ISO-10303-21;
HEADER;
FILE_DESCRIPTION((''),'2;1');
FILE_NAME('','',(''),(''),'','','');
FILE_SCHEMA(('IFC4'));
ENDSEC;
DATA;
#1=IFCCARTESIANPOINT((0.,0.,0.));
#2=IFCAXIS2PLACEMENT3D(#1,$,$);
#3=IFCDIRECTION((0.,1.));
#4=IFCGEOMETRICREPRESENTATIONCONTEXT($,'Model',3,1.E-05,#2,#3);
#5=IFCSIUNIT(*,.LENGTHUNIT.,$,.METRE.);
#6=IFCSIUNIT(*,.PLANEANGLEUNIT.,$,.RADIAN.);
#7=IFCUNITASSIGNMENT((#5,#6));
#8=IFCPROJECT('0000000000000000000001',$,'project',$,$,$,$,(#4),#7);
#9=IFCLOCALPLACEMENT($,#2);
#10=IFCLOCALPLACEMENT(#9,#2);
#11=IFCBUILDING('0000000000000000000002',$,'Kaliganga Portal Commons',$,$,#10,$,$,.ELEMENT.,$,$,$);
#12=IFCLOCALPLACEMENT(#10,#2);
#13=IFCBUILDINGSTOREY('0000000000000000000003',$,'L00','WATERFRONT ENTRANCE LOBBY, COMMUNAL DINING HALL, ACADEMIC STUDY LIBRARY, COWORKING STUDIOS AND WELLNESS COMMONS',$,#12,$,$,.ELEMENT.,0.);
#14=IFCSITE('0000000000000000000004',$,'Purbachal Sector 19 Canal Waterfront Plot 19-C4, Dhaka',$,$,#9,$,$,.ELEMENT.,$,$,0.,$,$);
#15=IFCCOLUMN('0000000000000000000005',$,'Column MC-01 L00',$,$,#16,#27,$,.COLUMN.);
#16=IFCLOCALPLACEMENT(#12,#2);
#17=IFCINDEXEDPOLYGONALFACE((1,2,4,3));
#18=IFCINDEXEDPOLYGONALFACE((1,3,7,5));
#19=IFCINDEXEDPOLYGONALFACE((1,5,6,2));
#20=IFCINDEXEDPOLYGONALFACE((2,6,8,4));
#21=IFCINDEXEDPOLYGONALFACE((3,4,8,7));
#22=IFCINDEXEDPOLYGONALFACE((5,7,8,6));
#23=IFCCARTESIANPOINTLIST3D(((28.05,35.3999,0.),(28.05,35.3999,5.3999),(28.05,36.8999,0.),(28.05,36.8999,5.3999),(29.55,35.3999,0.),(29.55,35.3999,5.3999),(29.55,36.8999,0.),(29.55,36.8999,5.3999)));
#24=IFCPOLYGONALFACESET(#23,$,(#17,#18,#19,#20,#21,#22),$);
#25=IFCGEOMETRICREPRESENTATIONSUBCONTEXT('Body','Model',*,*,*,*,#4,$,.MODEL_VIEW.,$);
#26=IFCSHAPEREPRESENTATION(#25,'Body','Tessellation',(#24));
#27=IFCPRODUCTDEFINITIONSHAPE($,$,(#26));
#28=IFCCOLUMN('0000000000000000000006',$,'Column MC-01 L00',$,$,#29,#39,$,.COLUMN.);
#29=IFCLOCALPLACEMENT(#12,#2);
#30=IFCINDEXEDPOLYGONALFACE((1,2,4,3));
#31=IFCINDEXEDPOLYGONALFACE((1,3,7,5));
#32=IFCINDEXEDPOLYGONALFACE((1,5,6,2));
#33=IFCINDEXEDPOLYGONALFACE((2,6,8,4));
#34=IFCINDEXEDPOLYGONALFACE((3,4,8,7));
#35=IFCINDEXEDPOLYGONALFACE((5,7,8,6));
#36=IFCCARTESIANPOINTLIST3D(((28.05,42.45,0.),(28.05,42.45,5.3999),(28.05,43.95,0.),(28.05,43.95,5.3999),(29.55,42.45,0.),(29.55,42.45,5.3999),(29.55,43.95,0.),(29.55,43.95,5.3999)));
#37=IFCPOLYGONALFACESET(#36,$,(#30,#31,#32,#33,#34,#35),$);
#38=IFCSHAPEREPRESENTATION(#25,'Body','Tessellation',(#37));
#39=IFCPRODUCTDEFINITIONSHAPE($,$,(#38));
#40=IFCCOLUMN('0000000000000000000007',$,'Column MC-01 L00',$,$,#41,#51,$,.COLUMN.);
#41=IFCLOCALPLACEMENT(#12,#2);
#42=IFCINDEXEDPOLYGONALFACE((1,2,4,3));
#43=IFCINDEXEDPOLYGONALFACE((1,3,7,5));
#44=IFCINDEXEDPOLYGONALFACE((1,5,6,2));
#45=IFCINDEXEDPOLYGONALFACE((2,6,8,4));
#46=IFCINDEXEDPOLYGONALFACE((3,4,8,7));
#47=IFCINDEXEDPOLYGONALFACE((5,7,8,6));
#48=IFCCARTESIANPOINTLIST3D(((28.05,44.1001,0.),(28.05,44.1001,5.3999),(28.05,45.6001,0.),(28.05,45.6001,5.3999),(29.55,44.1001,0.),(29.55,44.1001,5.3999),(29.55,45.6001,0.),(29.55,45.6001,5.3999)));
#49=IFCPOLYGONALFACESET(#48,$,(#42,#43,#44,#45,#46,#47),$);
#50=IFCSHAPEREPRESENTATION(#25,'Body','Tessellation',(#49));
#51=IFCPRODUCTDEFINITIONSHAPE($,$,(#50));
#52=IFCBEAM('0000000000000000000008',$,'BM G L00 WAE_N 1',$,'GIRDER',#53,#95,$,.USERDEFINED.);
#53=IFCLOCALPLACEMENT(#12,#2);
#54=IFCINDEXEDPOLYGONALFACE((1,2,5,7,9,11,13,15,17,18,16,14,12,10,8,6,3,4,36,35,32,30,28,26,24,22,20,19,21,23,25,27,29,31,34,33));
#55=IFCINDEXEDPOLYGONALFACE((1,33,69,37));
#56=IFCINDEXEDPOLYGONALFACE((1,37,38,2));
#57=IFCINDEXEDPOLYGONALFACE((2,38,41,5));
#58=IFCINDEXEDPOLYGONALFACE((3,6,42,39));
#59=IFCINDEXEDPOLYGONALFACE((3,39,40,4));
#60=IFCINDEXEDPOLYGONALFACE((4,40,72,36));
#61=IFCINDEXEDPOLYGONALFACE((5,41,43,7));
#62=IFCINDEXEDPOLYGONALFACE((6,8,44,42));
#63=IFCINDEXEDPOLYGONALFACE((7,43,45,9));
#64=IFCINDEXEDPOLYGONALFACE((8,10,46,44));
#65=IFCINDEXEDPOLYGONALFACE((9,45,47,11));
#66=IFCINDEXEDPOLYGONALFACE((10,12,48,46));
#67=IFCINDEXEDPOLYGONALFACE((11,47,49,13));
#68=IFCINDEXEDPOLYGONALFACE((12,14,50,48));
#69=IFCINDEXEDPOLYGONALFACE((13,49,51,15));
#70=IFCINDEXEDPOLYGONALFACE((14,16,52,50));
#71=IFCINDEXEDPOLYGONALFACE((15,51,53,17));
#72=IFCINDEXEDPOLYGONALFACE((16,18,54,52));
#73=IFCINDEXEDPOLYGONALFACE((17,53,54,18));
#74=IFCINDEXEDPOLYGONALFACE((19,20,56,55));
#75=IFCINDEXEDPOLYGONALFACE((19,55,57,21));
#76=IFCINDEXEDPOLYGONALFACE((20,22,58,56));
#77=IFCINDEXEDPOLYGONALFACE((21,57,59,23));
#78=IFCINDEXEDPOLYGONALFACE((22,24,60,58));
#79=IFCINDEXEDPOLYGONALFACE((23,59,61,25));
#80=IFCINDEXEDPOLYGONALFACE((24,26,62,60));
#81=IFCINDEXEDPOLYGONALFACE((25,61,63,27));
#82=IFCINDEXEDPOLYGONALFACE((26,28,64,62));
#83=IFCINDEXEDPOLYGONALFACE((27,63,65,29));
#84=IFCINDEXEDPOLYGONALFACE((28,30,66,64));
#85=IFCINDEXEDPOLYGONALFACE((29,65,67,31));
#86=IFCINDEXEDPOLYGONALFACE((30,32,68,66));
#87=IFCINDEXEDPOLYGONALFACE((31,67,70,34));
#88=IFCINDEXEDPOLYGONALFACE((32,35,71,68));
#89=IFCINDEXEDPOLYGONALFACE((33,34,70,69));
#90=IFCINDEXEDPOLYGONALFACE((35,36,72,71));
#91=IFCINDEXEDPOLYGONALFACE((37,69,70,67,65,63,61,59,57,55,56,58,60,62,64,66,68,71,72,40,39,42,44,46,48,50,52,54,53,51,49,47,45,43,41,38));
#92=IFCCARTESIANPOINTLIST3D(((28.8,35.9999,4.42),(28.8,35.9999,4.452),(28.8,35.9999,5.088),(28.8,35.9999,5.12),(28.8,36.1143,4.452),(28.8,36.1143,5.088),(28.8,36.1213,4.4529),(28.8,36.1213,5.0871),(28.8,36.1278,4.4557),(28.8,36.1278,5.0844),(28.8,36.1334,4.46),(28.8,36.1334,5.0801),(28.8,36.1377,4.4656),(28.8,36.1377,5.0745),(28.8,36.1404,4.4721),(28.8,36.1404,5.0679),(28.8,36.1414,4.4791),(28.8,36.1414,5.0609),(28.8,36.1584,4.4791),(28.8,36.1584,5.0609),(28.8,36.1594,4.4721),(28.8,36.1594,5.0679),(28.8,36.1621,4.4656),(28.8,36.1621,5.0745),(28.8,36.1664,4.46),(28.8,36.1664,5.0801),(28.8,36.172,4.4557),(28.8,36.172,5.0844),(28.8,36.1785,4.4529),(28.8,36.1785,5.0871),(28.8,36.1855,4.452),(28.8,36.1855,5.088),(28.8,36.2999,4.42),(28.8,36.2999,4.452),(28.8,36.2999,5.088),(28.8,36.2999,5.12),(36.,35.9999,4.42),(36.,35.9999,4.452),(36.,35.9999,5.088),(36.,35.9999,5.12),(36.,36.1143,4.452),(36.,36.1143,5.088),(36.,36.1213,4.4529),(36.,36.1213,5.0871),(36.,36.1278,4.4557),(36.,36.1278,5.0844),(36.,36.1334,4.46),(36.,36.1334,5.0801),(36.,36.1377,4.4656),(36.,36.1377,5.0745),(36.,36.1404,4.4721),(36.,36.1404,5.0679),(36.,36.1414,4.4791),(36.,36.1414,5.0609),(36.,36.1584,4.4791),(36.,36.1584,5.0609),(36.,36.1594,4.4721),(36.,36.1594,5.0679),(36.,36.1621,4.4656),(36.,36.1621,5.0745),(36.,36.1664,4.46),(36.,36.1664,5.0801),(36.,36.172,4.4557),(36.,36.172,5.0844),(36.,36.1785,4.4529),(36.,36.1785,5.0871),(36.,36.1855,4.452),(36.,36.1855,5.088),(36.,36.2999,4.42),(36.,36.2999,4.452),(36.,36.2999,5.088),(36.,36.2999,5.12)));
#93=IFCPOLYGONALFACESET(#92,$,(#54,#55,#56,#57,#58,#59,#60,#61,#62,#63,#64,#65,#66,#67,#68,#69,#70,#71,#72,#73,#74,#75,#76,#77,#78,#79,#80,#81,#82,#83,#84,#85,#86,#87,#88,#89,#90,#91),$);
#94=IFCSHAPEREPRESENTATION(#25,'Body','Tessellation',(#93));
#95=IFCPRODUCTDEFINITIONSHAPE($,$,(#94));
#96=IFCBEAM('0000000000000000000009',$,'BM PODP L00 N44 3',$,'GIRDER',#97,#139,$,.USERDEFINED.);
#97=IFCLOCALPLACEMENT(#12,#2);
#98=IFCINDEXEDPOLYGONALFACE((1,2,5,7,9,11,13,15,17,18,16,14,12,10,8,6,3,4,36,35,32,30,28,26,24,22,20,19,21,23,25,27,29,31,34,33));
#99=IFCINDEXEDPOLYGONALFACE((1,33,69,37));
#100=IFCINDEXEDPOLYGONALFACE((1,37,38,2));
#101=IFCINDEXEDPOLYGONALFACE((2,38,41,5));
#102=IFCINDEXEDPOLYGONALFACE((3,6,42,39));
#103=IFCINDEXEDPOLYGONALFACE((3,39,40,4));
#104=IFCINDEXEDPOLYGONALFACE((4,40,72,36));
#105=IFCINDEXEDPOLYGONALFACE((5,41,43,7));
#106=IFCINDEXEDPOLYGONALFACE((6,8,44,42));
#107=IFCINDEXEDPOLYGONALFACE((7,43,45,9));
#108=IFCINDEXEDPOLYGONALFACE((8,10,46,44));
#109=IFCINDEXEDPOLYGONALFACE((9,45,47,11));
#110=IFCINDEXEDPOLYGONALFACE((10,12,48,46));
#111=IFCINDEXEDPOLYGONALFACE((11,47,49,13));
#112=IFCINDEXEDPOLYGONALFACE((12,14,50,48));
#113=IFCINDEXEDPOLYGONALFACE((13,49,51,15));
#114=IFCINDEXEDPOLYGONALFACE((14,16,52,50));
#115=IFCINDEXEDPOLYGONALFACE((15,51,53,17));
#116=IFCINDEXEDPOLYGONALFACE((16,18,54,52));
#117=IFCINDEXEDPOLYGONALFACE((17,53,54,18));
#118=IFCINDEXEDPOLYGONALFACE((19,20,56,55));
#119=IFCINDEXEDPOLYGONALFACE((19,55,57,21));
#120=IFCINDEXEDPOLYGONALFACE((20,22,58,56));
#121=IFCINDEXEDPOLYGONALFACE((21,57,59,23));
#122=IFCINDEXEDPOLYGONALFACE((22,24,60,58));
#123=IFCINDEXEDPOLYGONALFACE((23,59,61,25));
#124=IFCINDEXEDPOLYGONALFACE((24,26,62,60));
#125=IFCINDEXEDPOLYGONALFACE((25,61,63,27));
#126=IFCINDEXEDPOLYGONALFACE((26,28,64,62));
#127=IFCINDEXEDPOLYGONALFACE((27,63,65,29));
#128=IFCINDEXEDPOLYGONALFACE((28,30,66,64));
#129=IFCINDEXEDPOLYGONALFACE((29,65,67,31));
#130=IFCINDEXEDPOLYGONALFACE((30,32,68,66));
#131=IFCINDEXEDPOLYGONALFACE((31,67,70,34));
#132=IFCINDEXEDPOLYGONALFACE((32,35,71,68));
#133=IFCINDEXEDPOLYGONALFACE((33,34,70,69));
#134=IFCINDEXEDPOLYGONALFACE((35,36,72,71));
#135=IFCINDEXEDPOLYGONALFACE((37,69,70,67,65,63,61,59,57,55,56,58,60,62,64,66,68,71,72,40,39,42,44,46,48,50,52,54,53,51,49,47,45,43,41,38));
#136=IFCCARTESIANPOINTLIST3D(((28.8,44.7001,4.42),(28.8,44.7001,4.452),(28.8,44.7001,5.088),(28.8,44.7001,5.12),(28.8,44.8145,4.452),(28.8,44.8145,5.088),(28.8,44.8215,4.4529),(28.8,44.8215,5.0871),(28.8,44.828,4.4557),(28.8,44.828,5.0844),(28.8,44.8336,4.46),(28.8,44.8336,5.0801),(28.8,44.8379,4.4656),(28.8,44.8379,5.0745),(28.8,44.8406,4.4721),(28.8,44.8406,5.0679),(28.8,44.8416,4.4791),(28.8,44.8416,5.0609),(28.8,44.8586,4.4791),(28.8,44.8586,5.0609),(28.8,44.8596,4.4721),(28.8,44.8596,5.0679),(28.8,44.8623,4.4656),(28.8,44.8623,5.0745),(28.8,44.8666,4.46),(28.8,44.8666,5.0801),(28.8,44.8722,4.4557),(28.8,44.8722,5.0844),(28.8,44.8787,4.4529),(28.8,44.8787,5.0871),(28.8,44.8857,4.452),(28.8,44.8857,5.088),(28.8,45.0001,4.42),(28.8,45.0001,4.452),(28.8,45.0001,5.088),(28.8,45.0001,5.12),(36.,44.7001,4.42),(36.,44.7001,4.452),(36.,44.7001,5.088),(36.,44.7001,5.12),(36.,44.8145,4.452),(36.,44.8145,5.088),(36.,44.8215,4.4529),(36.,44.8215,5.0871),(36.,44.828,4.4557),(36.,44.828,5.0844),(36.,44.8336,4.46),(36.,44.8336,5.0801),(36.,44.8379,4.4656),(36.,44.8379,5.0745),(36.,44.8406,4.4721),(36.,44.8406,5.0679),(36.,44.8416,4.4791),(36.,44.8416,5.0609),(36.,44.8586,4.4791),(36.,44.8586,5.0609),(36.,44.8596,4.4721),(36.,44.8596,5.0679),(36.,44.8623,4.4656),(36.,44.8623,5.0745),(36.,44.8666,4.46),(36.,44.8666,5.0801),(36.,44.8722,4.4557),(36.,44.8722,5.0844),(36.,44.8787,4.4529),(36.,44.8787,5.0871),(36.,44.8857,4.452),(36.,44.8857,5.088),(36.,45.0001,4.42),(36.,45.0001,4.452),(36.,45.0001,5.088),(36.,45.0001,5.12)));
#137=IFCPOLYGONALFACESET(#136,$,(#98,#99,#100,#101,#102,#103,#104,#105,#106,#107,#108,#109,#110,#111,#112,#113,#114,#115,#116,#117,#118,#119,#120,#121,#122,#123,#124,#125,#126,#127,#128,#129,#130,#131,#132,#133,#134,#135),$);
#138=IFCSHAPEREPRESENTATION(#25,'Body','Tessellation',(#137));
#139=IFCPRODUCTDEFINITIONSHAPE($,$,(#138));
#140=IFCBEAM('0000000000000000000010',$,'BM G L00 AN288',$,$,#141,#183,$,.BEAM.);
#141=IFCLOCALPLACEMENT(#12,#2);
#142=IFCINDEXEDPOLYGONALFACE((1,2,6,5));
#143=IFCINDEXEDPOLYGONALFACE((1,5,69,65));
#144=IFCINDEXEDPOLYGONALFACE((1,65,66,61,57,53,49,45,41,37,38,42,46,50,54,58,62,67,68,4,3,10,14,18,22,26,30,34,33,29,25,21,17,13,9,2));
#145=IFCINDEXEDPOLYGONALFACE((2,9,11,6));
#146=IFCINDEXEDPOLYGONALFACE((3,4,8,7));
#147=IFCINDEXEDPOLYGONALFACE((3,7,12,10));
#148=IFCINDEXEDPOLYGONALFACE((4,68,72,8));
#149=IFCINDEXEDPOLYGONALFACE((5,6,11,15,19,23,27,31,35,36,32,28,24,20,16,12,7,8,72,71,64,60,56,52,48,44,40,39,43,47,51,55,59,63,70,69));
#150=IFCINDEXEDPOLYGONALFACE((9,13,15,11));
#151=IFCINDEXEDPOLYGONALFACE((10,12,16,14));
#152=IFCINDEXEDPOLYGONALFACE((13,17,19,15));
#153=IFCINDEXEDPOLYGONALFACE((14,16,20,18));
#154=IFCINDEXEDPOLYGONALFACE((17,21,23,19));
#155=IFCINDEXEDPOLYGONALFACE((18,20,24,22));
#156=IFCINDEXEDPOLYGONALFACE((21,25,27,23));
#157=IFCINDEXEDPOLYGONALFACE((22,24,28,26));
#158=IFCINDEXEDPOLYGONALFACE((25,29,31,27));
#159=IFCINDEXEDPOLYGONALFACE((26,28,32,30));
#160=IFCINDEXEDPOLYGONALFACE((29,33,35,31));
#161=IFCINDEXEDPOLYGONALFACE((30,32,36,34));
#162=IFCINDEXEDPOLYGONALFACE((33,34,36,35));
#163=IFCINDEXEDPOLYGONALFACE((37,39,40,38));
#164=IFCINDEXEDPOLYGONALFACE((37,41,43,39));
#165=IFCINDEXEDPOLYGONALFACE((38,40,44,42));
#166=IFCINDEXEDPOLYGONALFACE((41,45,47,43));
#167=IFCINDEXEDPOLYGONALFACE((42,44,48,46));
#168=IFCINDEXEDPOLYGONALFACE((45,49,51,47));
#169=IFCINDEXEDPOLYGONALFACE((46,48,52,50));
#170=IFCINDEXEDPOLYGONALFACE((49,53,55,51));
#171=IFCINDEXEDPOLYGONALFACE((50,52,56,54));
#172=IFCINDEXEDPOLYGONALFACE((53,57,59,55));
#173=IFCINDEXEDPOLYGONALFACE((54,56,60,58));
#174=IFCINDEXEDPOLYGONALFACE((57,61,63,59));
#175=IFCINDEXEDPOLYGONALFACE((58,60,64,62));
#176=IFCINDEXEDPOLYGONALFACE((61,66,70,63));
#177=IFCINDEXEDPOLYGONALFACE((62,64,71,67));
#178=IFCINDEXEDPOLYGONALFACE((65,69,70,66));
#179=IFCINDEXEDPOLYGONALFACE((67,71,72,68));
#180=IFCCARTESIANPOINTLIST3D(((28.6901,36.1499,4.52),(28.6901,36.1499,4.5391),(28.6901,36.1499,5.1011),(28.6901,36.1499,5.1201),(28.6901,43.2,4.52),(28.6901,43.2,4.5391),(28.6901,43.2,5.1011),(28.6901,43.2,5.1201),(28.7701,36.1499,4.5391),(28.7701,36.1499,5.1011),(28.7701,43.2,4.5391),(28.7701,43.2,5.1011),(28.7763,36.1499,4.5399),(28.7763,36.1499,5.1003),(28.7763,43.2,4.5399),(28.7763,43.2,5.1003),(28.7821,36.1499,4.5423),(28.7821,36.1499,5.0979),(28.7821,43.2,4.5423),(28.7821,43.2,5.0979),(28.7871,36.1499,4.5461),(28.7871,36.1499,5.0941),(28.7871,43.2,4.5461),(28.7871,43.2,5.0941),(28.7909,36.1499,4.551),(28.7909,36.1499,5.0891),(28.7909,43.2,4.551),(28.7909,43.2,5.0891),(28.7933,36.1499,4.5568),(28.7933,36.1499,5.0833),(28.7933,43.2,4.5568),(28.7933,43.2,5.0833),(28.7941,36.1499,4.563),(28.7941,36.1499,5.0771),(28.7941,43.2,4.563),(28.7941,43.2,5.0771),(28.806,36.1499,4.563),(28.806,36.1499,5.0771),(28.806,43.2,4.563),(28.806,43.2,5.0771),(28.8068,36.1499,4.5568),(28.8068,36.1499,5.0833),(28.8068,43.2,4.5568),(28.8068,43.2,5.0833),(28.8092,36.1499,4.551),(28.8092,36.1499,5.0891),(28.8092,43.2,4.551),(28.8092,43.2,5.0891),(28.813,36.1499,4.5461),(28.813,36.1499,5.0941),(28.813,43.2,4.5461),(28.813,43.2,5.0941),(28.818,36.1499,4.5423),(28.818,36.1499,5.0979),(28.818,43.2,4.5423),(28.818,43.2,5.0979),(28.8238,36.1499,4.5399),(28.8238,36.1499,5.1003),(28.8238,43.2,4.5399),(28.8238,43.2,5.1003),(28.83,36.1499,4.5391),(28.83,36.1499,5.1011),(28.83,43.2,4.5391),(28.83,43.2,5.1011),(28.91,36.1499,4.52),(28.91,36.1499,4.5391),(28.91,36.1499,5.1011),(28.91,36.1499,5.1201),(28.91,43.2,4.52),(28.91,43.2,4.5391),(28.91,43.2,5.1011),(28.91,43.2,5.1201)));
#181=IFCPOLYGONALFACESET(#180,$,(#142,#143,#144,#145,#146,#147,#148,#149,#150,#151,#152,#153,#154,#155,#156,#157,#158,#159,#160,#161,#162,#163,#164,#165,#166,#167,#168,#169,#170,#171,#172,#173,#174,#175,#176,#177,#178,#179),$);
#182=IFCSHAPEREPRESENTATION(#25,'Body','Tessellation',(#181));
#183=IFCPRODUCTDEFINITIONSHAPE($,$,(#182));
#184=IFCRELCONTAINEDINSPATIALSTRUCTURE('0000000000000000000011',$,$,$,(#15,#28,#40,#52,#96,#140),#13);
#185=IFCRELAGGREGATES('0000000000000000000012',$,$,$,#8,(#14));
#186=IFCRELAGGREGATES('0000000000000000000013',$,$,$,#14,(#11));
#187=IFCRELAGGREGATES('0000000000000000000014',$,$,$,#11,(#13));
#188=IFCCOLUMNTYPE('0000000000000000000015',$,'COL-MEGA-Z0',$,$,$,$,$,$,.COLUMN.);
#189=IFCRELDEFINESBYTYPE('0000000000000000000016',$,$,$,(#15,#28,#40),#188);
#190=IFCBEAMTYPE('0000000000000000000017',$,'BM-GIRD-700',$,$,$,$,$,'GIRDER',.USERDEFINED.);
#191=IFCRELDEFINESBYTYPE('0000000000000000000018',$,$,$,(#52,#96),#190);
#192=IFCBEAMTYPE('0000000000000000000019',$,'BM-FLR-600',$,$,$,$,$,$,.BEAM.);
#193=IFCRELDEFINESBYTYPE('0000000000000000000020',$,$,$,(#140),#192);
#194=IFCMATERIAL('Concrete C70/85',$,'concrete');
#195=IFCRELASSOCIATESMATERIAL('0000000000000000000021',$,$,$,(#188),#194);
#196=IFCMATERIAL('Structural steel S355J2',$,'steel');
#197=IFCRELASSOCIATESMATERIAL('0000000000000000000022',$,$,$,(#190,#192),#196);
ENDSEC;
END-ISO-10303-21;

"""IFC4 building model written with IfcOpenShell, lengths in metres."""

from ifc_helpers import new_model, si_unit, direction, frame, origin, origin_2d, place, context, subcontext, project, spatial, rectangle, i_section, extrude, source, transform, mapped, material, material_profile, profile_set, type_object, element, save


model = new_model("IFC4")

# Units and contexts
model_context = context("Model", 3, precision=1e-05, world=origin(), true_north=direction((0.0, 1.0)))
body_context = subcontext(model_context, "Body", "Model", "MODEL_VIEW")
ifc_project = project(units=[si_unit("LENGTHUNIT", "METRE"), si_unit("PLANEANGLEUNIT", "RADIAN")], contexts=[model_context])

# Site, building, storey
site_placement = place(None, origin())
site = spatial("IfcSite", under=ifc_project, at=site_placement, Name="Purbachal Sector 19 Canal Waterfront Plot 19-C4, Dhaka", CompositionType="ELEMENT", RefElevation=0.0)
building_placement = place(site_placement, origin())
building = spatial("IfcBuilding", under=site, at=building_placement, Name="Kaliganga Portal Commons", CompositionType="ELEMENT")
storey_placement = place(building_placement, origin())
storey = spatial("IfcBuildingStorey", under=building, at=storey_placement, Name="L00", Description="WATERFRONT ENTRANCE LOBBY, COMMUNAL DINING HALL, ACADEMIC STUDY LIBRARY, COWORKING STUDIOS AND WELLNESS COMMONS", CompositionType="ELEMENT", Elevation=0.0)

# Columns
ifc_material_1 = material(Name="Concrete C70/85", Category="concrete")
ifc_material_profile_1 = material_profile(ifc_material_1, rectangle(XDim=1.5, YDim=1.5, at=origin_2d()), Name="RC 1500x1500")
ifc_profile_set_1 = profile_set([ifc_material_profile_1], Name="Concrete C70/85")
column_type = type_object("IfcColumnType", Name="COL-MEGA-Z0", PredefinedType="COLUMN", material=ifc_profile_set_1)
shared_shape_1 = source(origin(), body_context, "Body", "SweptSolid", [
    extrude(rectangle(XDim=1.5, YDim=1.5, at=origin_2d()), origin(), (0.0, 0.0, 1.0), 5.3999),
])
for number, where, z_axis, x_axis, name in (
    (1, (28.8, 36.1499, 0.0), (0.0, 0.0, 1.0), (1.0, 0.0, 0.0), "Column MC-01 L00"),
    (2, (28.8, 43.2, 0.0), (0.0, 0.0, 1.0), (1.0, 0.0, 0.0), "Column MC-01 L00"),
    (3, (28.8, 44.8501, 0.0), (0.0, 0.0, 1.0), (1.0, 0.0, 0.0), "Column MC-01 L00"),
):
    element("IfcColumn", number, at=place(storey_placement, frame(where, z_axis=z_axis, x_axis=x_axis)), inside=storey, type_object=column_type, Name=name, PredefinedType="COLUMN", context=body_context, shape_type="MappedRepresentation", body=[
        mapped(shared_shape_1, transform((0.0, 0.0, 0.0), x_axis=(1.0, 0.0, 0.0), y_axis=(0.0, 1.0, 0.0), z_axis=(0.0, 0.0, 1.0), scale=1.0)),
    ])

# Beams
ifc_material_2 = material(Name="Structural steel S355J2", Category="steel")
ifc_material_profile_2 = material_profile(ifc_material_2, i_section(OverallWidth=0.3, OverallDepth=0.7, WebThickness=0.0171, FlangeThickness=0.032, FilletRadius=0.0271, at=origin_2d()), Name="HE 700 B")
ifc_profile_set_2 = profile_set([ifc_material_profile_2], Name="Structural steel S355J2 wide-flange")
beam_type_1 = type_object("IfcBeamType", Name="BM-GIRD-700", ElementType="GIRDER", PredefinedType="USERDEFINED", material=ifc_profile_set_2)
shared_shape_2 = source(origin(), body_context, "Body", "SweptSolid", [
    extrude(i_section(OverallWidth=0.3, OverallDepth=0.7, WebThickness=0.0171, FlangeThickness=0.032, FilletRadius=0.0271, at=origin_2d()), origin(), (0.0, 0.0, 1.0), 7.2),
])
for number, where, z_axis, x_axis, name in (
    (4, (28.8, 36.1499, 4.77), (1.0, 0.0, 0.0), (0.0, 1.0, 0.0), "BM G L00 WAE_N 1"),
    (5, (28.8, 44.8501, 4.77), (1.0, 0.0, 0.0), (0.0, 1.0, 0.0), "BM PODP L00 N44 3"),
):
    element("IfcBeam", number, at=place(storey_placement, frame(where, z_axis=z_axis, x_axis=x_axis)), inside=storey, type_object=beam_type_1, Name=name, ObjectType="GIRDER", PredefinedType="USERDEFINED", context=body_context, shape_type="MappedRepresentation", body=[
        mapped(shared_shape_2, transform((0.0, 0.0, 0.0), x_axis=(1.0, 0.0, 0.0), y_axis=(0.0, 1.0, 0.0), z_axis=(0.0, 0.0, 1.0), scale=1.0)),
    ])
ifc_material_profile_3 = material_profile(ifc_material_2, i_section(OverallWidth=0.22, OverallDepth=0.6001, WebThickness=0.012, FlangeThickness=0.019, FilletRadius=0.0239, at=origin_2d()), Name="IPE 600")
ifc_profile_set_3 = profile_set([ifc_material_profile_3], Name="Structural steel S355J2 wide-flange")
beam_type_2 = type_object("IfcBeamType", Name="BM-FLR-600", PredefinedType="BEAM", material=ifc_profile_set_3)
shared_shape_3 = source(origin(), body_context, "Body", "SweptSolid", [
    extrude(i_section(OverallWidth=0.22, OverallDepth=0.6001, WebThickness=0.012, FlangeThickness=0.019, FilletRadius=0.0239, at=origin_2d()), origin(), (0.0, 0.0, 1.0), 7.05),
])
beam_1_placement = place(storey_placement, frame((28.8, 36.1499, 4.8201), z_axis=(0.0, 1.0, 0.0), x_axis=(-1.0, 0.0, 0.0)))
element("IfcBeam", 6, at=beam_1_placement, inside=storey, type_object=beam_type_2, Name="BM G L00 AN288", PredefinedType="BEAM", context=body_context, shape_type="MappedRepresentation", body=[
    mapped(shared_shape_3, transform((0.0, 0.0, 0.0), x_axis=(1.0, 0.0, 0.0), y_axis=(0.0, 1.0, 0.0), z_axis=(0.0, 0.0, 1.0), scale=1.0)),
])

save(model, "model.ifc")
